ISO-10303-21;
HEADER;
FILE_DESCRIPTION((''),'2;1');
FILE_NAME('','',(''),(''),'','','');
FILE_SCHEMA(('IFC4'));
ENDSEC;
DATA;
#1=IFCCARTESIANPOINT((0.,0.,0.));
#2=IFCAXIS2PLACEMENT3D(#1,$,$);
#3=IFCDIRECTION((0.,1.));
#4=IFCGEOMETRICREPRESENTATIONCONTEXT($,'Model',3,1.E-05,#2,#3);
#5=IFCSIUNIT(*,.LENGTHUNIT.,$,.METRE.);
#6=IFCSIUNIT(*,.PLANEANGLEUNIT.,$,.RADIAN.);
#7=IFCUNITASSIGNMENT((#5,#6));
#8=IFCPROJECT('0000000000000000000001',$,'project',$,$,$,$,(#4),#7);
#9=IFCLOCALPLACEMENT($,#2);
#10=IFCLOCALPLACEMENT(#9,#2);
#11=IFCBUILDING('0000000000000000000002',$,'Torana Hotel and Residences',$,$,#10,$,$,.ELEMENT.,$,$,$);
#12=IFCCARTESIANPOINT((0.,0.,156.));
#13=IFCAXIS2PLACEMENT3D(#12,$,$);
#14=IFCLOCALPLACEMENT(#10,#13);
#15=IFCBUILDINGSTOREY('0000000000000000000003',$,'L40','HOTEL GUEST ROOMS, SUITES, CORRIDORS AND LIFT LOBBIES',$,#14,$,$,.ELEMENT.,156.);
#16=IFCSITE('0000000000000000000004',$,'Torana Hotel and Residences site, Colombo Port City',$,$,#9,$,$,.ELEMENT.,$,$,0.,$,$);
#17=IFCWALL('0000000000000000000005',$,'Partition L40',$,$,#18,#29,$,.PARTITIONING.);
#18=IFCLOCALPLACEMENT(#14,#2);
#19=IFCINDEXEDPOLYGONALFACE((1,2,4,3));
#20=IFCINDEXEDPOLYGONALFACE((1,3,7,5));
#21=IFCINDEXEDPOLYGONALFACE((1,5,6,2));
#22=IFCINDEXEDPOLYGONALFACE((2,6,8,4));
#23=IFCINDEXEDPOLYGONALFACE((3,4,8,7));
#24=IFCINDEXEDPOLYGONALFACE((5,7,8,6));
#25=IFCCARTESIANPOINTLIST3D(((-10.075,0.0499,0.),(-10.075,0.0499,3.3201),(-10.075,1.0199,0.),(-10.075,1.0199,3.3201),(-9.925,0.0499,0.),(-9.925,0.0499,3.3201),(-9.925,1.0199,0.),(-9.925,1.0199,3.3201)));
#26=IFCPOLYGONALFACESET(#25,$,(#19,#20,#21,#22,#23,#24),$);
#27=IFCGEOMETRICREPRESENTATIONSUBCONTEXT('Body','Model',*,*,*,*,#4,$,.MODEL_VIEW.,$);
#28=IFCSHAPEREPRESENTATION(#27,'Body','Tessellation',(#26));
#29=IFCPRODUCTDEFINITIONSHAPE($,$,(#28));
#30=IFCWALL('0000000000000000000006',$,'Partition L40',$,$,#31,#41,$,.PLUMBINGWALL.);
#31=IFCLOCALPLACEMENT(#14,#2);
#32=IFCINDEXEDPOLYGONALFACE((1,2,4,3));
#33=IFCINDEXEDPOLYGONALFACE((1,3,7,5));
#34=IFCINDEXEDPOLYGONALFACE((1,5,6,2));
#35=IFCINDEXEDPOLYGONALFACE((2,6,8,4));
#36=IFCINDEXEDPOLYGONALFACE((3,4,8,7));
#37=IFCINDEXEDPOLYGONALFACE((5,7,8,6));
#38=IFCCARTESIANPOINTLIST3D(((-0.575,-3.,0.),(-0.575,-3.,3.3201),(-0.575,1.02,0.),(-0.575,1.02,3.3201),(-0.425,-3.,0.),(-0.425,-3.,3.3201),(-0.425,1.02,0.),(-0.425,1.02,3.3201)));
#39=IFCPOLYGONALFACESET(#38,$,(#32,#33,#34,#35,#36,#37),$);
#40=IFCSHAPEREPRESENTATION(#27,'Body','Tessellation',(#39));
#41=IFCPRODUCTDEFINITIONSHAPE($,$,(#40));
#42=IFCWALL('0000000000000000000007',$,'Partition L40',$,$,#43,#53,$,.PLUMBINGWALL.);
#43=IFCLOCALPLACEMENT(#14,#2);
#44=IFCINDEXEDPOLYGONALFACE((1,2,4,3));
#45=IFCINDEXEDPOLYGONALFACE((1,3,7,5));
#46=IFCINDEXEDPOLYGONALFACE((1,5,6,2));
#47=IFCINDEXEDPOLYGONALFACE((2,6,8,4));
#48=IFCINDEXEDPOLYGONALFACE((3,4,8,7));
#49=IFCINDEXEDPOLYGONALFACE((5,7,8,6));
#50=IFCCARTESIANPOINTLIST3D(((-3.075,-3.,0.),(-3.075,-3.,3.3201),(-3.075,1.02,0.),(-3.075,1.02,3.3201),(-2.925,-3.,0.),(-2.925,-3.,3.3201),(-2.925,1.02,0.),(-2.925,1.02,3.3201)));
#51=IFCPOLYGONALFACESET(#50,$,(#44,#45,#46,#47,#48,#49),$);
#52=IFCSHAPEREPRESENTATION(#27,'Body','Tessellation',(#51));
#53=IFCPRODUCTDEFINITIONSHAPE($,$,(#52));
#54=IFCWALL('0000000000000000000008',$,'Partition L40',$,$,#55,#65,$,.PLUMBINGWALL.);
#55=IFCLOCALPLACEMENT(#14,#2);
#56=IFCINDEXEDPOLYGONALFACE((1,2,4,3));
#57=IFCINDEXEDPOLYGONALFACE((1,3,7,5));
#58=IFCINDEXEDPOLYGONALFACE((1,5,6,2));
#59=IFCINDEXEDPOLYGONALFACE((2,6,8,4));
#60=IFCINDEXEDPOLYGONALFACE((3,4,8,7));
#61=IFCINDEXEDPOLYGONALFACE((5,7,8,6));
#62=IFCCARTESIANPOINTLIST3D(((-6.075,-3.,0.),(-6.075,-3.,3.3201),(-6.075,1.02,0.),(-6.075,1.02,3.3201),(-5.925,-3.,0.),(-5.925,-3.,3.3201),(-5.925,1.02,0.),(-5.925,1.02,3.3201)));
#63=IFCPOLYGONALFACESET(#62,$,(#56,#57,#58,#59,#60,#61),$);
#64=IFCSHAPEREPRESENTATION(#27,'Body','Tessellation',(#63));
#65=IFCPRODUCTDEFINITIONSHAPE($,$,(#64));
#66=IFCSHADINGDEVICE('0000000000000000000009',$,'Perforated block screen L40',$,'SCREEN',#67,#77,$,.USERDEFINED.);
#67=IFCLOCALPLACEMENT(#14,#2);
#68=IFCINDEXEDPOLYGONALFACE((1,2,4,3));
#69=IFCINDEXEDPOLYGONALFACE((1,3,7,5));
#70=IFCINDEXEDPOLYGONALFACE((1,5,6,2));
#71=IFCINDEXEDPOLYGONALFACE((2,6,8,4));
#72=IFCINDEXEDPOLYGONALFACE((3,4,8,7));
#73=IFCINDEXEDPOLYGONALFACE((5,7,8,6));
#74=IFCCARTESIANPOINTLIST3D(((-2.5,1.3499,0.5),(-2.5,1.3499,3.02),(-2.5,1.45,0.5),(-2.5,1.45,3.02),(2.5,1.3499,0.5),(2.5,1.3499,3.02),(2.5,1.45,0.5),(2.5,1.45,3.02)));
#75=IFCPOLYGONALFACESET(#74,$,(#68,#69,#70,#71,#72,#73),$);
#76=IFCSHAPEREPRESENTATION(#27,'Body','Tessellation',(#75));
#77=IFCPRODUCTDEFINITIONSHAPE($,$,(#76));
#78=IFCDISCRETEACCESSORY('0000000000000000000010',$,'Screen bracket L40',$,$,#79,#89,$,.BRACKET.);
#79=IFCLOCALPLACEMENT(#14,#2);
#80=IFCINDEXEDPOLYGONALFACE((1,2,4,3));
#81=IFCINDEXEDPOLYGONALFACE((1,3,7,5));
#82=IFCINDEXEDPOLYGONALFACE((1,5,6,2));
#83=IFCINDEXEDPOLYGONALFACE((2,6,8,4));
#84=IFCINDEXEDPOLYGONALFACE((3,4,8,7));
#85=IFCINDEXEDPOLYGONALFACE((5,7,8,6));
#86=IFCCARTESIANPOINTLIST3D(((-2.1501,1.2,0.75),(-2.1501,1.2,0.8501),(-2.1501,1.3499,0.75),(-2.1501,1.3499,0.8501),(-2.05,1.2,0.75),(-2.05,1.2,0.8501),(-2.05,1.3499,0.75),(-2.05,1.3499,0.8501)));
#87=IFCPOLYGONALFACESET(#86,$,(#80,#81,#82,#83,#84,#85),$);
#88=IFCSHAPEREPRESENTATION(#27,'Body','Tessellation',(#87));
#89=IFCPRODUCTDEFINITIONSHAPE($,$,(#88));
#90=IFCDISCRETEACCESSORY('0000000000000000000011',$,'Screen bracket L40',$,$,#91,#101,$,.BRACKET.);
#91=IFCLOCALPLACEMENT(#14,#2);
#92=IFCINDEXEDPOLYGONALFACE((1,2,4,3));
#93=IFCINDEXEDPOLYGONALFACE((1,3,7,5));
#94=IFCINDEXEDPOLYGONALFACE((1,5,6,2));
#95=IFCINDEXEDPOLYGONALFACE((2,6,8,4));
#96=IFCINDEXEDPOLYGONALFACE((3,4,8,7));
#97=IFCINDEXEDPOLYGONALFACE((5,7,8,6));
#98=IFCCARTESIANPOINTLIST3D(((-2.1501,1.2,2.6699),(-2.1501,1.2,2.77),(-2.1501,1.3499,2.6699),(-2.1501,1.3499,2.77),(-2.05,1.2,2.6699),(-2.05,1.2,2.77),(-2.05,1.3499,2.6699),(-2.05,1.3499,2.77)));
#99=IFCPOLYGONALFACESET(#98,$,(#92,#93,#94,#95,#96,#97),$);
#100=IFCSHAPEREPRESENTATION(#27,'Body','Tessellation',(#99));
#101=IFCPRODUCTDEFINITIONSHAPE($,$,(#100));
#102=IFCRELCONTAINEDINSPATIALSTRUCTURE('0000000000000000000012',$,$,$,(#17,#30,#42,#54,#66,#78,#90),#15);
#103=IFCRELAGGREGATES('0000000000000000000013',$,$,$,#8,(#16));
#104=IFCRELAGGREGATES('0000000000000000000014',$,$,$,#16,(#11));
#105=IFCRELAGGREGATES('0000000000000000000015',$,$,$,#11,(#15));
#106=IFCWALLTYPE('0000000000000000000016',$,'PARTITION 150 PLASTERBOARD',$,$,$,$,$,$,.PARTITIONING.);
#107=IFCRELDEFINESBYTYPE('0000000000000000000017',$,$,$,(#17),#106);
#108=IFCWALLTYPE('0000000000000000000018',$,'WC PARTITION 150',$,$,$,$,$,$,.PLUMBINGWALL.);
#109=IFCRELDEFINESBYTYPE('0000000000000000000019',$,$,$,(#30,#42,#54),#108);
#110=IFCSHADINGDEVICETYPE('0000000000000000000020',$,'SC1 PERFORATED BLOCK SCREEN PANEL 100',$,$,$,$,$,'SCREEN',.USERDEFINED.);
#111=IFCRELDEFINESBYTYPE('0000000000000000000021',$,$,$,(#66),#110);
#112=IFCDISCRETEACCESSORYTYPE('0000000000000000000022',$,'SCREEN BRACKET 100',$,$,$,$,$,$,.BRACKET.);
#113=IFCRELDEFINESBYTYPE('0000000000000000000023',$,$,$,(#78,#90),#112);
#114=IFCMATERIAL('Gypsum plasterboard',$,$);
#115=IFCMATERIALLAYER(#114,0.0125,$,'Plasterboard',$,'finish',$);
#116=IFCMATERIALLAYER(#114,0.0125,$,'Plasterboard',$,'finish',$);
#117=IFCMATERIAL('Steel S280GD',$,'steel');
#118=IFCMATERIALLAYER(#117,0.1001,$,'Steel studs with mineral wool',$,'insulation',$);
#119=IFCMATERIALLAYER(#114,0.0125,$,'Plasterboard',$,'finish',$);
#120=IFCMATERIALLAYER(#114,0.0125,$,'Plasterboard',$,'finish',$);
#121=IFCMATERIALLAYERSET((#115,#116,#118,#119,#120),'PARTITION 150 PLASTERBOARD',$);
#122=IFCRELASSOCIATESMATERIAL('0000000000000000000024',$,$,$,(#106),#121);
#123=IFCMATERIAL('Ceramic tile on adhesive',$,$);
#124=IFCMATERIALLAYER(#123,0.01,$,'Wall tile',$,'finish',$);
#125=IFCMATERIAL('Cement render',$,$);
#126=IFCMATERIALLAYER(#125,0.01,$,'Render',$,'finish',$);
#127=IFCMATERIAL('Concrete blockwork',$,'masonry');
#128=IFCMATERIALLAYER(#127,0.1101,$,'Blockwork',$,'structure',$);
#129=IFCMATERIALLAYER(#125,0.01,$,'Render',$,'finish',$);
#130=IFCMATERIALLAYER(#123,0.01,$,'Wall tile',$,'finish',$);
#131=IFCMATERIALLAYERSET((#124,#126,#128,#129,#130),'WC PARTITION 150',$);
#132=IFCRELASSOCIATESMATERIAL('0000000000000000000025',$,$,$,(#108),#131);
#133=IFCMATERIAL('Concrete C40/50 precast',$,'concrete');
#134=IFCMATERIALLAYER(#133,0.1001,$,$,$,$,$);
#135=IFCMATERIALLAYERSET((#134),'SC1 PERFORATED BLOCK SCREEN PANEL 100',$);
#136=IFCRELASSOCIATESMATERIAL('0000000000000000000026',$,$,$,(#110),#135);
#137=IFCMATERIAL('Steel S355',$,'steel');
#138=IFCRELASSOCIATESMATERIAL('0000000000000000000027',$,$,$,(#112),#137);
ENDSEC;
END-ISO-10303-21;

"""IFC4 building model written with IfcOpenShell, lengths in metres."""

from ifc_helpers import new_model, si_unit, direction, frame, frame_2d, origin, origin_2d, place, context, subcontext, project, spatial, rectangle, extrude, material, layer, layer_set, type_object, element, save


model = new_model("IFC4")

# Units and contexts
model_context = context("Model", 3, precision=1e-05, world=origin(), true_north=direction((0.0, 1.0)))
body_context = subcontext(model_context, "Body", "Model", "MODEL_VIEW")
ifc_project = project(units=[si_unit("LENGTHUNIT", "METRE"), si_unit("PLANEANGLEUNIT", "RADIAN")], contexts=[model_context])

# Site, building, storey
site_placement = place(None, origin())
site = spatial("IfcSite", under=ifc_project, at=site_placement, Name="Torana Hotel and Residences site, Colombo Port City", CompositionType="ELEMENT", RefElevation=0.0)
building_placement = place(site_placement, origin())
building = spatial("IfcBuilding", under=site, at=building_placement, Name="Torana Hotel and Residences", CompositionType="ELEMENT")
storey_placement = place(building_placement, frame((0.0, 0.0, 156.0)))
storey = spatial("IfcBuildingStorey", under=building, at=storey_placement, Name="L40", Description="HOTEL GUEST ROOMS, SUITES, CORRIDORS AND LIFT LOBBIES", CompositionType="ELEMENT", Elevation=156.0)

# Walls
ifc_material_1 = material(Name="Concrete blockwork", Category="masonry")
ifc_material_2 = material(Name="Gypsum plasterboard")
ifc_layer_1 = layer(ifc_material_2, 0.0125, Name="Plasterboard", Category="finish")
ifc_layer_2 = layer(ifc_material_2, 0.0125, Name="Plasterboard", Category="finish")
ifc_material_3 = material(Name="Steel S280GD", Category="steel")
ifc_layer_3 = layer(ifc_material_3, 0.1001, Name="Steel studs with mineral wool", Category="insulation")
ifc_layer_4 = layer(ifc_material_2, 0.0125, Name="Plasterboard", Category="finish")
ifc_layer_5 = layer(ifc_material_2, 0.0125, Name="Plasterboard", Category="finish")
ifc_layer_set_1 = layer_set([ifc_layer_1, ifc_layer_2, ifc_layer_3, ifc_layer_4, ifc_layer_5], Name="PARTITION 150 PLASTERBOARD")
wall_type_1 = type_object("IfcWallType", Name="PARTITION 150 PLASTERBOARD", PredefinedType="PARTITIONING", material=ifc_layer_set_1)
wall_1_placement = place(storey_placement, frame((-10.0, 0.05, 0.0), z_axis=(0.0, 0.0, 1.0), x_axis=(0.0, 1.0, 0.0)))
element("IfcWall", 1, at=wall_1_placement, inside=storey, type_object=wall_type_1, Name="Partition L40", PredefinedType="PARTITIONING", context=body_context, shape_type="SweptSolid", body=[
    extrude(rectangle(XDim=0.97, YDim=0.1499, at=frame_2d((0.4849, 0.0))), origin(), (0.0, 0.0, 1.0), 3.3201),
])
ifc_material_4 = material(Name="Ceramic tile on adhesive")
ifc_layer_6 = layer(ifc_material_4, 0.01, Name="Wall tile", Category="finish")
ifc_material_5 = material(Name="Cement render")
ifc_layer_7 = layer(ifc_material_5, 0.01, Name="Render", Category="finish")
ifc_layer_8 = layer(ifc_material_1, 0.1101, Name="Blockwork", Category="structure")
ifc_layer_9 = layer(ifc_material_5, 0.01, Name="Render", Category="finish")
ifc_layer_10 = layer(ifc_material_4, 0.01, Name="Wall tile", Category="finish")
ifc_layer_set_2 = layer_set([ifc_layer_6, ifc_layer_7, ifc_layer_8, ifc_layer_9, ifc_layer_10], Name="WC PARTITION 150")
wall_type_2 = type_object("IfcWallType", Name="WC PARTITION 150", PredefinedType="PLUMBINGWALL", material=ifc_layer_set_2)
for number, where, z_axis, x_axis, name in (
    (2, (-0.5, -3.0, 0.0), (0.0, 0.0, 1.0), (0.0, 1.0, 0.0), "Partition L40"),
    (3, (-3.0, -3.0, 0.0), (0.0, 0.0, 1.0), (0.0, 1.0, 0.0), "Partition L40"),
    (4, (-6.0, -3.0, 0.0), (0.0, 0.0, 1.0), (0.0, 1.0, 0.0), "Partition L40"),
):
    element("IfcWall", number, at=place(storey_placement, frame(where, z_axis=z_axis, x_axis=x_axis)), inside=storey, type_object=wall_type_2, Name=name, PredefinedType="PLUMBINGWALL", context=body_context, shape_type="SweptSolid", body=[
        extrude(rectangle(XDim=4.02, YDim=0.1499, at=frame_2d((2.01, 0.0))), origin(), (0.0, 0.0, 1.0), 3.3201),
    ])

# Shading device
ifc_material_6 = material(Name="Concrete C40/50 precast", Category="concrete")
ifc_layer_11 = layer(ifc_material_6, 0.1001)
ifc_layer_set_3 = layer_set([ifc_layer_11], Name="SC1 PERFORATED BLOCK SCREEN PANEL 100")
shading_device_type = type_object("IfcShadingDeviceType", Name="SC1 PERFORATED BLOCK SCREEN PANEL 100", ElementType="SCREEN", PredefinedType="USERDEFINED", material=ifc_layer_set_3)
shading_device_placement = place(storey_placement, frame((0.0, 1.3999, 0.5), z_axis=(0.0, 0.0, 1.0), x_axis=(-1.0, 0.0, 0.0)))
element("IfcShadingDevice", 5, at=shading_device_placement, inside=storey, type_object=shading_device_type, Name="Perforated block screen L40", ObjectType="SCREEN", PredefinedType="USERDEFINED", context=body_context, shape_type="SweptSolid", body=[
    extrude(rectangle(XDim=5.0, YDim=0.1001, at=origin_2d()), origin(), (0.0, 0.0, 1.0), 2.52),
])

# Discrete accessories
ifc_material_7 = material(Name="Steel S355", Category="steel")
discrete_accessory_type = type_object("IfcDiscreteAccessoryType", Name="SCREEN BRACKET 100", PredefinedType="BRACKET", material=ifc_material_7)
for number, where, z_axis, x_axis, name in (
    (6, (-2.1001, 1.2749, 0.75), (0.0, 0.0, 1.0), (-1.0, 0.0, 0.0), "Screen bracket L40"),
    (7, (-2.1001, 1.2749, 2.6699), (0.0, 0.0, 1.0), (-1.0, 0.0, 0.0), "Screen bracket L40"),
):
    element("IfcDiscreteAccessory", number, at=place(storey_placement, frame(where, z_axis=z_axis, x_axis=x_axis)), inside=storey, type_object=discrete_accessory_type, Name=name, PredefinedType="BRACKET", context=body_context, shape_type="SweptSolid", body=[
        extrude(rectangle(XDim=0.1001, YDim=0.1499, at=origin_2d()), origin(), (0.0, 0.0, 1.0), 0.1001),
    ])

save(model, "model.ifc")
